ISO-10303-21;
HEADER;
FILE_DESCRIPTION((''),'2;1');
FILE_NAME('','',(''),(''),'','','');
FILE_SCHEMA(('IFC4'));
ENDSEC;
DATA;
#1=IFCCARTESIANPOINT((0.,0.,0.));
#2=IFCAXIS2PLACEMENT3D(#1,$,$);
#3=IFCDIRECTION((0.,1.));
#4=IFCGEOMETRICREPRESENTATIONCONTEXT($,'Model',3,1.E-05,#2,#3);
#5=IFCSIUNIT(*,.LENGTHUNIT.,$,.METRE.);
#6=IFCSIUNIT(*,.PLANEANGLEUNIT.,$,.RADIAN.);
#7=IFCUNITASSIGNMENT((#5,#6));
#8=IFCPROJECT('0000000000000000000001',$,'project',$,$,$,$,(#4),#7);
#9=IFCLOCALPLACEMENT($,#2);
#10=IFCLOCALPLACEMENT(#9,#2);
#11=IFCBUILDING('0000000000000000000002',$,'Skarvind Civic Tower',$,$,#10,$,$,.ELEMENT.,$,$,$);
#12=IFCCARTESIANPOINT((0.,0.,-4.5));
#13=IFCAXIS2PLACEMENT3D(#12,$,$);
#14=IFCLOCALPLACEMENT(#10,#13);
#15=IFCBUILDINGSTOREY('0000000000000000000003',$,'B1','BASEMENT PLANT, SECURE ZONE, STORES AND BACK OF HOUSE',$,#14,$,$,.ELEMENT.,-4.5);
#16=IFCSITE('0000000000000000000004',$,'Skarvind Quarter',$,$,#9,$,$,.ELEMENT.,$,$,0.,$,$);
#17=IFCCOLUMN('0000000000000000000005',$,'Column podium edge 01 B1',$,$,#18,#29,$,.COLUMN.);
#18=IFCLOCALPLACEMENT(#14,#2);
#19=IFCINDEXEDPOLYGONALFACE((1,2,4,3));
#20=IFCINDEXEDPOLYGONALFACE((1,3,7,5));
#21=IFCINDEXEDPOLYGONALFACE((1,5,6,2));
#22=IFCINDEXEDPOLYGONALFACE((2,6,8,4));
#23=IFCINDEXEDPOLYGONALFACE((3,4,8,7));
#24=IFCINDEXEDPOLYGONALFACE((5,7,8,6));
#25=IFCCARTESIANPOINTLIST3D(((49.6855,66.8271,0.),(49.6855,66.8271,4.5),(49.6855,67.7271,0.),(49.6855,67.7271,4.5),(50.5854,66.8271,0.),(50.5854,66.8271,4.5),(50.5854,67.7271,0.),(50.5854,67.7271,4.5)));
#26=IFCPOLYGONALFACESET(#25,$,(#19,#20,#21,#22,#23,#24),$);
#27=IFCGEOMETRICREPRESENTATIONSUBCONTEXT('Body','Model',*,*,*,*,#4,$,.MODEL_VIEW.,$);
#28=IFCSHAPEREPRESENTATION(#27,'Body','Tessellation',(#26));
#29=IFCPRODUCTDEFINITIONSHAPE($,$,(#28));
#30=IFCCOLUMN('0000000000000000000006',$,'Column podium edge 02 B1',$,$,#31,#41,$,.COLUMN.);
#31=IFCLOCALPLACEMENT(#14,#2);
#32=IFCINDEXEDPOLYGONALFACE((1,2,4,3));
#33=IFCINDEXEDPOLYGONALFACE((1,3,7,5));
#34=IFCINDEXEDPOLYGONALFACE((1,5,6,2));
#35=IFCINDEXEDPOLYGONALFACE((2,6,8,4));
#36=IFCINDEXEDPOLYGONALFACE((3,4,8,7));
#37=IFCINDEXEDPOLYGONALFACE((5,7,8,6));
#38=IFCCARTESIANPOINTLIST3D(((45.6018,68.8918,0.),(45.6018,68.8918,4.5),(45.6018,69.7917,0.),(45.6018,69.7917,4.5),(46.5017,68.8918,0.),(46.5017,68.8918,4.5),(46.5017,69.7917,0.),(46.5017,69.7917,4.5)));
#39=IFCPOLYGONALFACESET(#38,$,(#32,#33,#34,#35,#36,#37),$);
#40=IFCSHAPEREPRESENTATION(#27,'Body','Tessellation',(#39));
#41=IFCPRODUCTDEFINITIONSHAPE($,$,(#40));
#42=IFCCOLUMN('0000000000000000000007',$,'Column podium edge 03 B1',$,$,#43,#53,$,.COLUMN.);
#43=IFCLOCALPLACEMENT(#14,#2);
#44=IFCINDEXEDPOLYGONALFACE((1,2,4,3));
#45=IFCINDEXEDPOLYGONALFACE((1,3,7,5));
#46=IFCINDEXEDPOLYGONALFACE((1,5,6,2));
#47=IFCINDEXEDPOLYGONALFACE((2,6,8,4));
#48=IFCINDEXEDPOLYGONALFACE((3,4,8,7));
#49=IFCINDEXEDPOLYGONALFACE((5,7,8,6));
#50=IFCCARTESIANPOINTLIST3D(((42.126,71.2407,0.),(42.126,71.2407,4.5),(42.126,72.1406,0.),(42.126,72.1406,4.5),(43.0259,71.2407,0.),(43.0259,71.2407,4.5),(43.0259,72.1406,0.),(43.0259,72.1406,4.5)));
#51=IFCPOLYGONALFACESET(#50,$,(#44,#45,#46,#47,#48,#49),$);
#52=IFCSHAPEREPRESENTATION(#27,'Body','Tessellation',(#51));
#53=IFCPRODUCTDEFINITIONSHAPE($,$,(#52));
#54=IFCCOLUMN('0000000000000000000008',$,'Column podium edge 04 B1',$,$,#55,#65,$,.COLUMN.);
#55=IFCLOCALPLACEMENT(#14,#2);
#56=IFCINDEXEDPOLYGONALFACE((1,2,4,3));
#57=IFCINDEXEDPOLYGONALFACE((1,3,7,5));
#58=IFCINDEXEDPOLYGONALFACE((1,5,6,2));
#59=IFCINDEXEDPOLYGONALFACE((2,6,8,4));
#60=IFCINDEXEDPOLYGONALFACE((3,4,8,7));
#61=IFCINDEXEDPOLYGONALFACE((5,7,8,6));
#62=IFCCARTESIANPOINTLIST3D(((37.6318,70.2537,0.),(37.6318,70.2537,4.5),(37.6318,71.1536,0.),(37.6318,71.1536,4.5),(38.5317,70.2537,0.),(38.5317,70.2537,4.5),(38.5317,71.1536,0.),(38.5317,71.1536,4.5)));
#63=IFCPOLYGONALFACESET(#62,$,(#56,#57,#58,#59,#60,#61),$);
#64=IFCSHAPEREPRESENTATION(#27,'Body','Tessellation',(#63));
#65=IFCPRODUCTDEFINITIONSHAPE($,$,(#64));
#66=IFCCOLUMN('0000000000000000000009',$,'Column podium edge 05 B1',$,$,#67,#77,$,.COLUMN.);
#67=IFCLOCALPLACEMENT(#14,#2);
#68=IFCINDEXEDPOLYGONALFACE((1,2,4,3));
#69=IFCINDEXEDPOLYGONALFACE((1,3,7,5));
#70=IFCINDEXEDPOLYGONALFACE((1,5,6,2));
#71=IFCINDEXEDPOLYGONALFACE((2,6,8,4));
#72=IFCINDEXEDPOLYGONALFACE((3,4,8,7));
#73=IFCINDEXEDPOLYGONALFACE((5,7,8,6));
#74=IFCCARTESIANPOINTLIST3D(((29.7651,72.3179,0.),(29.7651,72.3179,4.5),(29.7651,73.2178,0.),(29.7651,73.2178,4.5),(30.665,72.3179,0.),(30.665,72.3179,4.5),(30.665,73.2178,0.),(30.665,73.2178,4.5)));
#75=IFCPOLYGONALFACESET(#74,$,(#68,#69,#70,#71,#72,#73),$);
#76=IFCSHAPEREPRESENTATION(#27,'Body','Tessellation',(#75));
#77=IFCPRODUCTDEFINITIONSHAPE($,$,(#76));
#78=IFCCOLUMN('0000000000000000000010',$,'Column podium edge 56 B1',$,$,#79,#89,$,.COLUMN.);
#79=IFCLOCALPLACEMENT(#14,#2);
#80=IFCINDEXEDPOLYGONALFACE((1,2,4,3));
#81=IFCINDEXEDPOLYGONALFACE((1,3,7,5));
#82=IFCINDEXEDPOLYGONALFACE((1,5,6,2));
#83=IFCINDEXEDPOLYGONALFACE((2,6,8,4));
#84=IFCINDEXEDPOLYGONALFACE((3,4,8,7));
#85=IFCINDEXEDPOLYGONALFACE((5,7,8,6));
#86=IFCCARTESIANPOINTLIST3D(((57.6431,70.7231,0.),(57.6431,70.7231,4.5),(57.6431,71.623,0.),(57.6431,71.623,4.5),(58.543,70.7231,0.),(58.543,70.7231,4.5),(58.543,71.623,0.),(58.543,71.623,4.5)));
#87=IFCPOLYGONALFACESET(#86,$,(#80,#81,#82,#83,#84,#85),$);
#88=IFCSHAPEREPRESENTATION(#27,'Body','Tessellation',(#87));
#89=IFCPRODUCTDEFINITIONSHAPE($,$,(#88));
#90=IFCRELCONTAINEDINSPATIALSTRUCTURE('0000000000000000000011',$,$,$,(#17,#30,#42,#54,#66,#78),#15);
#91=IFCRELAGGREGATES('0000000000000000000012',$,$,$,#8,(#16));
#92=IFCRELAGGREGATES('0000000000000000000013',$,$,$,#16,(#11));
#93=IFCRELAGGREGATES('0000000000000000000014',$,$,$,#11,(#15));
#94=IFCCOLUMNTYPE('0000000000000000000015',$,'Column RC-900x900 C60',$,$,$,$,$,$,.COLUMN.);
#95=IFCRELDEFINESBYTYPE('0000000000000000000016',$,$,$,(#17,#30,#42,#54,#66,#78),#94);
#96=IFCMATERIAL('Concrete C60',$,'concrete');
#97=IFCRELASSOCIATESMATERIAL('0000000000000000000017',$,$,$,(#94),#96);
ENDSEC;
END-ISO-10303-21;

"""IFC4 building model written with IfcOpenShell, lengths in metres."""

from ifc_helpers import new_model, si_unit, direction, frame, origin, origin_2d, place, context, subcontext, project, spatial, rectangle, extrude, material, material_profile, profile_set, type_object, element, save


model = new_model("IFC4")

# Units and contexts
model_context = context("Model", 3, precision=1e-05, world=origin(), true_north=direction((0.0, 1.0)))
body_context = subcontext(model_context, "Body", "Model", "MODEL_VIEW")
ifc_project = project(units=[si_unit("LENGTHUNIT", "METRE"), si_unit("PLANEANGLEUNIT", "RADIAN")], contexts=[model_context])

# Site, building, storey
site_placement = place(None, origin())
site = spatial("IfcSite", under=ifc_project, at=site_placement, Name="Skarvind Quarter", CompositionType="ELEMENT", RefElevation=0.0)
building_placement = place(site_placement, origin())
building = spatial("IfcBuilding", under=site, at=building_placement, Name="Skarvind Civic Tower", CompositionType="ELEMENT")
storey_placement = place(building_placement, frame((0.0, 0.0, -4.5)))
storey = spatial("IfcBuildingStorey", under=building, at=storey_placement, Name="B1", Description="BASEMENT PLANT, SECURE ZONE, STORES AND BACK OF HOUSE", CompositionType="ELEMENT", Elevation=-4.5)

# Columns
ifc_material_1 = material(Name="Concrete C60", Category="concrete")
ifc_material_profile = material_profile(ifc_material_1, rectangle(XDim=0.8999, YDim=0.8999, at=origin_2d()), Name="RC-900x900")
ifc_profile_set = profile_set([ifc_material_profile], Name="Concrete C60")
column_type = type_object("IfcColumnType", Name="Column RC-900x900 C60", PredefinedType="COLUMN", material=ifc_profile_set)
for number, where, z_axis, x_axis, name in (
    (1, (50.1355, 67.2771, 0.0), (0.0, 0.0, 1.0), (1.0, 0.0, 0.0), "Column podium edge 01 B1"),
    (2, (46.0518, 69.3418, 0.0), (0.0, 0.0, 1.0), (1.0, 0.0, 0.0), "Column podium edge 02 B1"),
    (3, (42.5759, 71.6907, 0.0), (0.0, 0.0, 1.0), (1.0, 0.0, 0.0), "Column podium edge 03 B1"),
    (4, (38.0818, 70.7036, 0.0), (0.0, 0.0, 1.0), (1.0, 0.0, 0.0), "Column podium edge 04 B1"),
    (5, (30.2151, 72.7678, 0.0), (0.0, 0.0, 1.0), (1.0, 0.0, 0.0), "Column podium edge 05 B1"),
    (6, (58.093, 71.1731, 0.0), (0.0, 0.0, 1.0), (1.0, 0.0, 0.0), "Column podium edge 56 B1"),
):
    element("IfcColumn", number, at=place(storey_placement, frame(where, z_axis=z_axis, x_axis=x_axis)), inside=storey, type_object=column_type, Name=name, PredefinedType="COLUMN", context=body_context, shape_type="SweptSolid", body=[
        extrude(rectangle(XDim=0.8999, YDim=0.8999, at=origin_2d()), origin(), (0.0, 0.0, 1.0), 4.5),
    ])

save(model, "model.ifc")
